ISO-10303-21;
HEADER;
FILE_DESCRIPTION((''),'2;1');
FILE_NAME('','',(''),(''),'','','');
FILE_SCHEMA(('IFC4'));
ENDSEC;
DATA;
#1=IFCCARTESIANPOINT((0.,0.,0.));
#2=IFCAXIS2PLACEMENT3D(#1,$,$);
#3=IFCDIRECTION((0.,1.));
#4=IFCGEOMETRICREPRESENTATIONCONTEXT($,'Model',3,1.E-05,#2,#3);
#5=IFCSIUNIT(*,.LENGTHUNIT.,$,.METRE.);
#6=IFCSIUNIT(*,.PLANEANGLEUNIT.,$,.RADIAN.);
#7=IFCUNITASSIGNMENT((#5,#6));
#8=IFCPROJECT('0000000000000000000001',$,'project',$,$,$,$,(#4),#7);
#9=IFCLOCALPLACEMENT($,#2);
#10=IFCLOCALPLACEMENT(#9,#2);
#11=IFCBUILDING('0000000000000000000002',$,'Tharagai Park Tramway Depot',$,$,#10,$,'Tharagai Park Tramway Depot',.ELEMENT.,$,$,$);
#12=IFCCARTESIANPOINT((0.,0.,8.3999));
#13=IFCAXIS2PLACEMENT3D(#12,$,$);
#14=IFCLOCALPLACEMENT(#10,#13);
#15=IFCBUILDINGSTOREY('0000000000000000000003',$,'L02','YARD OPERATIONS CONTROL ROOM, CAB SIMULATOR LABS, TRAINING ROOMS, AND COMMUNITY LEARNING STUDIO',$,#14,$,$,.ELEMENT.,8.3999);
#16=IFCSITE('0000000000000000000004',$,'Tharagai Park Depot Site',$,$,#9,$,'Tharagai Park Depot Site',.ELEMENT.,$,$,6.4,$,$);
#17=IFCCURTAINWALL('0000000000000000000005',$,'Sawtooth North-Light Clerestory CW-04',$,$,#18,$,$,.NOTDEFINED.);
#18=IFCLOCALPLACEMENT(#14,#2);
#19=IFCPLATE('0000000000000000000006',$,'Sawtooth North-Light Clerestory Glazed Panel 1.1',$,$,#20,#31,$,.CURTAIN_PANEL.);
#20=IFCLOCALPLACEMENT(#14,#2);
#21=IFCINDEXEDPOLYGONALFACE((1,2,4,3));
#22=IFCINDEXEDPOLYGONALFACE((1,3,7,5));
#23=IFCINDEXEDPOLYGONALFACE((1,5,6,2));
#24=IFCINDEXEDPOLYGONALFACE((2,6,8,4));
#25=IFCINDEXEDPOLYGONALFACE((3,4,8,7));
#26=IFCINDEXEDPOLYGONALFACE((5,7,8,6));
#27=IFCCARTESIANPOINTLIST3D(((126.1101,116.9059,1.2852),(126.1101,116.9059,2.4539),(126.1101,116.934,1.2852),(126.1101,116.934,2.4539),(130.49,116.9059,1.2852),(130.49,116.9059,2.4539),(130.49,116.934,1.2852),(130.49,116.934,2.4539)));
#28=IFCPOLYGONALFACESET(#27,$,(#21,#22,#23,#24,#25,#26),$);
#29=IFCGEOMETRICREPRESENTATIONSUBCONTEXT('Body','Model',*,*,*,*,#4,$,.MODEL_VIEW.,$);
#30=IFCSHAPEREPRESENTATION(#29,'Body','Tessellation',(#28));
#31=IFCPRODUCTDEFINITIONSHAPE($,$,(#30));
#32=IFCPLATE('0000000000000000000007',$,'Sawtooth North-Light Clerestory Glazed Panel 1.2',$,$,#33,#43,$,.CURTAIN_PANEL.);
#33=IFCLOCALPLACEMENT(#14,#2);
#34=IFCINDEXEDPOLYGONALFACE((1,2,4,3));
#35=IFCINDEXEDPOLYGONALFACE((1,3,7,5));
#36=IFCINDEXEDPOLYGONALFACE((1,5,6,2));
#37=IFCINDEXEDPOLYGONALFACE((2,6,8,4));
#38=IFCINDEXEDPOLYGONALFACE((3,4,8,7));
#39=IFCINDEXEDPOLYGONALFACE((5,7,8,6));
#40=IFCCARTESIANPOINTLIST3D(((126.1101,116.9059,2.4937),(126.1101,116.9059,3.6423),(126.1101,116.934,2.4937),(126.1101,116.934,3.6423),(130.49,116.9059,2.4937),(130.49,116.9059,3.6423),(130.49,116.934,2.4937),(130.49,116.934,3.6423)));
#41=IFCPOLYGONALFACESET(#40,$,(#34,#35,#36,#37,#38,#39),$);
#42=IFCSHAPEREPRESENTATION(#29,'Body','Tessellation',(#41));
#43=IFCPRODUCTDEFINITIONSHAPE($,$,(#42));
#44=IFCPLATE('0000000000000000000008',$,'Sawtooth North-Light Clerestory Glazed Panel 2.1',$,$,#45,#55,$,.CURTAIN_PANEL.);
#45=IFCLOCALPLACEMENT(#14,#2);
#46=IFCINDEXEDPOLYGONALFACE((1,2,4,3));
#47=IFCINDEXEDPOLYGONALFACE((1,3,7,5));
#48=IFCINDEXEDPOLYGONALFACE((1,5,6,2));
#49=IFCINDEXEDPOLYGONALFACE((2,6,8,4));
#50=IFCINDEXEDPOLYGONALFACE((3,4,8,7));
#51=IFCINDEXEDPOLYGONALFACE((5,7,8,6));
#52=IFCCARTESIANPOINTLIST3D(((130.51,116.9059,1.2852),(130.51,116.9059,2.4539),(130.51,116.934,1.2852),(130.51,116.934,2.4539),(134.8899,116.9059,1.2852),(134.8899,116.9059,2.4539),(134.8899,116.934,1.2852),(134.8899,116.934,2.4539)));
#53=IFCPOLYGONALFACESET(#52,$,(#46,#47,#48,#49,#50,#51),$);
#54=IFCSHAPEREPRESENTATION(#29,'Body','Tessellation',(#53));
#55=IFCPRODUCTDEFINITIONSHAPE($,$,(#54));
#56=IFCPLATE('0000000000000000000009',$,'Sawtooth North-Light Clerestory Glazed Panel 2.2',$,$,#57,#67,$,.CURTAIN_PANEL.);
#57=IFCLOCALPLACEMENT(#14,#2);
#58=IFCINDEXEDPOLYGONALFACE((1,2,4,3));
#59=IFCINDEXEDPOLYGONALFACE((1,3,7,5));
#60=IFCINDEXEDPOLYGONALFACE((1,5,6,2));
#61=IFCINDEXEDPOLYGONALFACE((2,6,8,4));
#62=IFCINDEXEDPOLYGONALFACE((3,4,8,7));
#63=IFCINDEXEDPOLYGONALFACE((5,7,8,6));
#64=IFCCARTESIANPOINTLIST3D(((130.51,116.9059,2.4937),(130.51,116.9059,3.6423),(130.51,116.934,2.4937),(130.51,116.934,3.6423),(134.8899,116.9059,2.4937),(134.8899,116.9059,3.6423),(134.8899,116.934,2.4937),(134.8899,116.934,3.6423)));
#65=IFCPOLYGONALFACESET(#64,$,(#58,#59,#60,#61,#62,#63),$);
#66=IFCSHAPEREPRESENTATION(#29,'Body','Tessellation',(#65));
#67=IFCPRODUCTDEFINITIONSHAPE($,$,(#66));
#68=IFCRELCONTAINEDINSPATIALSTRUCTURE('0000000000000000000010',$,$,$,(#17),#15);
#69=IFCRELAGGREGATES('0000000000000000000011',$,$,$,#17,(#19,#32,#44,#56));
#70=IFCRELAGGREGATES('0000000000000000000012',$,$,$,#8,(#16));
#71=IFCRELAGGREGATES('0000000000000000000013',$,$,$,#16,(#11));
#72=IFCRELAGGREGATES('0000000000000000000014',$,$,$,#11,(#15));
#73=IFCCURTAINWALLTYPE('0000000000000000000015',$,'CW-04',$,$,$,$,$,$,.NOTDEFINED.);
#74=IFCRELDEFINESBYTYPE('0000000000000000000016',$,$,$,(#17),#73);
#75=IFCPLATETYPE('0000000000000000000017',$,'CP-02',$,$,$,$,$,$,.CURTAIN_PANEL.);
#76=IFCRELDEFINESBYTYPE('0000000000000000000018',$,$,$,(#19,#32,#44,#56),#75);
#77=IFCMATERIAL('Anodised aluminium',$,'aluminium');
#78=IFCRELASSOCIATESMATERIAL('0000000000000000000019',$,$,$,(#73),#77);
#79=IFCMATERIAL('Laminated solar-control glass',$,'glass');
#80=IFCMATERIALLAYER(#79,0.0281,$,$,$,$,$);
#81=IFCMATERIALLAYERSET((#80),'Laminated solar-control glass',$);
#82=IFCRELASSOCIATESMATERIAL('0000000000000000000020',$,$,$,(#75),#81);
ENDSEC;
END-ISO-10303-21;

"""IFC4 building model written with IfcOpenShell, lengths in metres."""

from ifc_helpers import new_model, si_unit, direction, frame, origin, origin_2d, place, context, subcontext, project, spatial, rectangle, extrude, material, layer, layer_set, type_object, element, aggregate, save


model = new_model("IFC4")

# Units and contexts
model_context = context("Model", 3, precision=1e-05, world=origin(), true_north=direction((0.0, 1.0)))
body_context = subcontext(model_context, "Body", "Model", "MODEL_VIEW")
ifc_project = project(units=[si_unit("LENGTHUNIT", "METRE"), si_unit("PLANEANGLEUNIT", "RADIAN")], contexts=[model_context])

# Site, building, storey
site_placement = place(None, origin())
site = spatial("IfcSite", under=ifc_project, at=site_placement, Name="Tharagai Park Depot Site", LongName="Tharagai Park Depot Site", CompositionType="ELEMENT", RefElevation=6.4)
building_placement = place(site_placement, origin())
building = spatial("IfcBuilding", under=site, at=building_placement, Name="Tharagai Park Tramway Depot", LongName="Tharagai Park Tramway Depot", CompositionType="ELEMENT")
storey_placement = place(building_placement, frame((0.0, 0.0, 8.3999)))
storey = spatial("IfcBuildingStorey", under=building, at=storey_placement, Name="L02", Description="YARD OPERATIONS CONTROL ROOM, CAB SIMULATOR LABS, TRAINING ROOMS, AND COMMUNITY LEARNING STUDIO", CompositionType="ELEMENT", Elevation=8.3999)

# Curtain wall
ifc_material_1 = material(Name="Anodised aluminium", Category="aluminium")
curtain_wall_type = type_object("IfcCurtainWallType", Name="CW-04", PredefinedType="NOTDEFINED", material=ifc_material_1)
curtain_wall_placement = place(storey_placement, origin())
curtain_wall = element("IfcCurtainWall", 1, at=curtain_wall_placement, inside=storey, type_object=curtain_wall_type, Name="Sawtooth North-Light Clerestory CW-04", PredefinedType="NOTDEFINED")

# Plates
ifc_material_2 = material(Name="Laminated solar-control glass", Category="glass")
ifc_layer = layer(ifc_material_2, 0.0281)
ifc_layer_set = layer_set([ifc_layer], Name="Laminated solar-control glass")
plate_type = type_object("IfcPlateType", Name="CP-02", PredefinedType="CURTAIN_PANEL", material=ifc_layer_set)
plate_1_placement = place(storey_placement, frame((128.3, 116.9199, 1.2852), z_axis=(0.0, 0.0, 1.0), x_axis=(1.0, 0.0, 0.0)))
plate_1 = element("IfcPlate", 2, at=plate_1_placement, type_object=plate_type, Name="Sawtooth North-Light Clerestory Glazed Panel 1.1", PredefinedType="CURTAIN_PANEL", context=body_context, shape_type="SweptSolid", body=[
    extrude(rectangle(XDim=4.3799, YDim=0.0281, at=origin_2d()), origin(), (0.0, 0.0, 1.0), 1.1687),
])
plate_2_placement = place(storey_placement, frame((128.3, 116.9199, 2.4937), z_axis=(0.0, 0.0, 1.0), x_axis=(1.0, 0.0, 0.0)))
plate_2 = element("IfcPlate", 3, at=plate_2_placement, type_object=plate_type, Name="Sawtooth North-Light Clerestory Glazed Panel 1.2", PredefinedType="CURTAIN_PANEL", context=body_context, shape_type="SweptSolid", body=[
    extrude(rectangle(XDim=4.3799, YDim=0.0281, at=origin_2d()), origin(), (0.0, 0.0, 1.0), 1.1487),
])
plate_3_placement = place(storey_placement, frame((132.7, 116.9199, 1.2852), z_axis=(0.0, 0.0, 1.0), x_axis=(1.0, 0.0, 0.0)))
plate_3 = element("IfcPlate", 4, at=plate_3_placement, type_object=plate_type, Name="Sawtooth North-Light Clerestory Glazed Panel 2.1", PredefinedType="CURTAIN_PANEL", context=body_context, shape_type="SweptSolid", body=[
    extrude(rectangle(XDim=4.3799, YDim=0.0281, at=origin_2d()), origin(), (0.0, 0.0, 1.0), 1.1687),
])
plate_4_placement = place(storey_placement, frame((132.7, 116.9199, 2.4937), z_axis=(0.0, 0.0, 1.0), x_axis=(1.0, 0.0, 0.0)))
plate_4 = element("IfcPlate", 5, at=plate_4_placement, type_object=plate_type, Name="Sawtooth North-Light Clerestory Glazed Panel 2.2", PredefinedType="CURTAIN_PANEL", context=body_context, shape_type="SweptSolid", body=[
    extrude(rectangle(XDim=4.3799, YDim=0.0281, at=origin_2d()), origin(), (0.0, 0.0, 1.0), 1.1487),
])
aggregate(curtain_wall, [plate_1, plate_2, plate_3, plate_4])

save(model, "model.ifc")
